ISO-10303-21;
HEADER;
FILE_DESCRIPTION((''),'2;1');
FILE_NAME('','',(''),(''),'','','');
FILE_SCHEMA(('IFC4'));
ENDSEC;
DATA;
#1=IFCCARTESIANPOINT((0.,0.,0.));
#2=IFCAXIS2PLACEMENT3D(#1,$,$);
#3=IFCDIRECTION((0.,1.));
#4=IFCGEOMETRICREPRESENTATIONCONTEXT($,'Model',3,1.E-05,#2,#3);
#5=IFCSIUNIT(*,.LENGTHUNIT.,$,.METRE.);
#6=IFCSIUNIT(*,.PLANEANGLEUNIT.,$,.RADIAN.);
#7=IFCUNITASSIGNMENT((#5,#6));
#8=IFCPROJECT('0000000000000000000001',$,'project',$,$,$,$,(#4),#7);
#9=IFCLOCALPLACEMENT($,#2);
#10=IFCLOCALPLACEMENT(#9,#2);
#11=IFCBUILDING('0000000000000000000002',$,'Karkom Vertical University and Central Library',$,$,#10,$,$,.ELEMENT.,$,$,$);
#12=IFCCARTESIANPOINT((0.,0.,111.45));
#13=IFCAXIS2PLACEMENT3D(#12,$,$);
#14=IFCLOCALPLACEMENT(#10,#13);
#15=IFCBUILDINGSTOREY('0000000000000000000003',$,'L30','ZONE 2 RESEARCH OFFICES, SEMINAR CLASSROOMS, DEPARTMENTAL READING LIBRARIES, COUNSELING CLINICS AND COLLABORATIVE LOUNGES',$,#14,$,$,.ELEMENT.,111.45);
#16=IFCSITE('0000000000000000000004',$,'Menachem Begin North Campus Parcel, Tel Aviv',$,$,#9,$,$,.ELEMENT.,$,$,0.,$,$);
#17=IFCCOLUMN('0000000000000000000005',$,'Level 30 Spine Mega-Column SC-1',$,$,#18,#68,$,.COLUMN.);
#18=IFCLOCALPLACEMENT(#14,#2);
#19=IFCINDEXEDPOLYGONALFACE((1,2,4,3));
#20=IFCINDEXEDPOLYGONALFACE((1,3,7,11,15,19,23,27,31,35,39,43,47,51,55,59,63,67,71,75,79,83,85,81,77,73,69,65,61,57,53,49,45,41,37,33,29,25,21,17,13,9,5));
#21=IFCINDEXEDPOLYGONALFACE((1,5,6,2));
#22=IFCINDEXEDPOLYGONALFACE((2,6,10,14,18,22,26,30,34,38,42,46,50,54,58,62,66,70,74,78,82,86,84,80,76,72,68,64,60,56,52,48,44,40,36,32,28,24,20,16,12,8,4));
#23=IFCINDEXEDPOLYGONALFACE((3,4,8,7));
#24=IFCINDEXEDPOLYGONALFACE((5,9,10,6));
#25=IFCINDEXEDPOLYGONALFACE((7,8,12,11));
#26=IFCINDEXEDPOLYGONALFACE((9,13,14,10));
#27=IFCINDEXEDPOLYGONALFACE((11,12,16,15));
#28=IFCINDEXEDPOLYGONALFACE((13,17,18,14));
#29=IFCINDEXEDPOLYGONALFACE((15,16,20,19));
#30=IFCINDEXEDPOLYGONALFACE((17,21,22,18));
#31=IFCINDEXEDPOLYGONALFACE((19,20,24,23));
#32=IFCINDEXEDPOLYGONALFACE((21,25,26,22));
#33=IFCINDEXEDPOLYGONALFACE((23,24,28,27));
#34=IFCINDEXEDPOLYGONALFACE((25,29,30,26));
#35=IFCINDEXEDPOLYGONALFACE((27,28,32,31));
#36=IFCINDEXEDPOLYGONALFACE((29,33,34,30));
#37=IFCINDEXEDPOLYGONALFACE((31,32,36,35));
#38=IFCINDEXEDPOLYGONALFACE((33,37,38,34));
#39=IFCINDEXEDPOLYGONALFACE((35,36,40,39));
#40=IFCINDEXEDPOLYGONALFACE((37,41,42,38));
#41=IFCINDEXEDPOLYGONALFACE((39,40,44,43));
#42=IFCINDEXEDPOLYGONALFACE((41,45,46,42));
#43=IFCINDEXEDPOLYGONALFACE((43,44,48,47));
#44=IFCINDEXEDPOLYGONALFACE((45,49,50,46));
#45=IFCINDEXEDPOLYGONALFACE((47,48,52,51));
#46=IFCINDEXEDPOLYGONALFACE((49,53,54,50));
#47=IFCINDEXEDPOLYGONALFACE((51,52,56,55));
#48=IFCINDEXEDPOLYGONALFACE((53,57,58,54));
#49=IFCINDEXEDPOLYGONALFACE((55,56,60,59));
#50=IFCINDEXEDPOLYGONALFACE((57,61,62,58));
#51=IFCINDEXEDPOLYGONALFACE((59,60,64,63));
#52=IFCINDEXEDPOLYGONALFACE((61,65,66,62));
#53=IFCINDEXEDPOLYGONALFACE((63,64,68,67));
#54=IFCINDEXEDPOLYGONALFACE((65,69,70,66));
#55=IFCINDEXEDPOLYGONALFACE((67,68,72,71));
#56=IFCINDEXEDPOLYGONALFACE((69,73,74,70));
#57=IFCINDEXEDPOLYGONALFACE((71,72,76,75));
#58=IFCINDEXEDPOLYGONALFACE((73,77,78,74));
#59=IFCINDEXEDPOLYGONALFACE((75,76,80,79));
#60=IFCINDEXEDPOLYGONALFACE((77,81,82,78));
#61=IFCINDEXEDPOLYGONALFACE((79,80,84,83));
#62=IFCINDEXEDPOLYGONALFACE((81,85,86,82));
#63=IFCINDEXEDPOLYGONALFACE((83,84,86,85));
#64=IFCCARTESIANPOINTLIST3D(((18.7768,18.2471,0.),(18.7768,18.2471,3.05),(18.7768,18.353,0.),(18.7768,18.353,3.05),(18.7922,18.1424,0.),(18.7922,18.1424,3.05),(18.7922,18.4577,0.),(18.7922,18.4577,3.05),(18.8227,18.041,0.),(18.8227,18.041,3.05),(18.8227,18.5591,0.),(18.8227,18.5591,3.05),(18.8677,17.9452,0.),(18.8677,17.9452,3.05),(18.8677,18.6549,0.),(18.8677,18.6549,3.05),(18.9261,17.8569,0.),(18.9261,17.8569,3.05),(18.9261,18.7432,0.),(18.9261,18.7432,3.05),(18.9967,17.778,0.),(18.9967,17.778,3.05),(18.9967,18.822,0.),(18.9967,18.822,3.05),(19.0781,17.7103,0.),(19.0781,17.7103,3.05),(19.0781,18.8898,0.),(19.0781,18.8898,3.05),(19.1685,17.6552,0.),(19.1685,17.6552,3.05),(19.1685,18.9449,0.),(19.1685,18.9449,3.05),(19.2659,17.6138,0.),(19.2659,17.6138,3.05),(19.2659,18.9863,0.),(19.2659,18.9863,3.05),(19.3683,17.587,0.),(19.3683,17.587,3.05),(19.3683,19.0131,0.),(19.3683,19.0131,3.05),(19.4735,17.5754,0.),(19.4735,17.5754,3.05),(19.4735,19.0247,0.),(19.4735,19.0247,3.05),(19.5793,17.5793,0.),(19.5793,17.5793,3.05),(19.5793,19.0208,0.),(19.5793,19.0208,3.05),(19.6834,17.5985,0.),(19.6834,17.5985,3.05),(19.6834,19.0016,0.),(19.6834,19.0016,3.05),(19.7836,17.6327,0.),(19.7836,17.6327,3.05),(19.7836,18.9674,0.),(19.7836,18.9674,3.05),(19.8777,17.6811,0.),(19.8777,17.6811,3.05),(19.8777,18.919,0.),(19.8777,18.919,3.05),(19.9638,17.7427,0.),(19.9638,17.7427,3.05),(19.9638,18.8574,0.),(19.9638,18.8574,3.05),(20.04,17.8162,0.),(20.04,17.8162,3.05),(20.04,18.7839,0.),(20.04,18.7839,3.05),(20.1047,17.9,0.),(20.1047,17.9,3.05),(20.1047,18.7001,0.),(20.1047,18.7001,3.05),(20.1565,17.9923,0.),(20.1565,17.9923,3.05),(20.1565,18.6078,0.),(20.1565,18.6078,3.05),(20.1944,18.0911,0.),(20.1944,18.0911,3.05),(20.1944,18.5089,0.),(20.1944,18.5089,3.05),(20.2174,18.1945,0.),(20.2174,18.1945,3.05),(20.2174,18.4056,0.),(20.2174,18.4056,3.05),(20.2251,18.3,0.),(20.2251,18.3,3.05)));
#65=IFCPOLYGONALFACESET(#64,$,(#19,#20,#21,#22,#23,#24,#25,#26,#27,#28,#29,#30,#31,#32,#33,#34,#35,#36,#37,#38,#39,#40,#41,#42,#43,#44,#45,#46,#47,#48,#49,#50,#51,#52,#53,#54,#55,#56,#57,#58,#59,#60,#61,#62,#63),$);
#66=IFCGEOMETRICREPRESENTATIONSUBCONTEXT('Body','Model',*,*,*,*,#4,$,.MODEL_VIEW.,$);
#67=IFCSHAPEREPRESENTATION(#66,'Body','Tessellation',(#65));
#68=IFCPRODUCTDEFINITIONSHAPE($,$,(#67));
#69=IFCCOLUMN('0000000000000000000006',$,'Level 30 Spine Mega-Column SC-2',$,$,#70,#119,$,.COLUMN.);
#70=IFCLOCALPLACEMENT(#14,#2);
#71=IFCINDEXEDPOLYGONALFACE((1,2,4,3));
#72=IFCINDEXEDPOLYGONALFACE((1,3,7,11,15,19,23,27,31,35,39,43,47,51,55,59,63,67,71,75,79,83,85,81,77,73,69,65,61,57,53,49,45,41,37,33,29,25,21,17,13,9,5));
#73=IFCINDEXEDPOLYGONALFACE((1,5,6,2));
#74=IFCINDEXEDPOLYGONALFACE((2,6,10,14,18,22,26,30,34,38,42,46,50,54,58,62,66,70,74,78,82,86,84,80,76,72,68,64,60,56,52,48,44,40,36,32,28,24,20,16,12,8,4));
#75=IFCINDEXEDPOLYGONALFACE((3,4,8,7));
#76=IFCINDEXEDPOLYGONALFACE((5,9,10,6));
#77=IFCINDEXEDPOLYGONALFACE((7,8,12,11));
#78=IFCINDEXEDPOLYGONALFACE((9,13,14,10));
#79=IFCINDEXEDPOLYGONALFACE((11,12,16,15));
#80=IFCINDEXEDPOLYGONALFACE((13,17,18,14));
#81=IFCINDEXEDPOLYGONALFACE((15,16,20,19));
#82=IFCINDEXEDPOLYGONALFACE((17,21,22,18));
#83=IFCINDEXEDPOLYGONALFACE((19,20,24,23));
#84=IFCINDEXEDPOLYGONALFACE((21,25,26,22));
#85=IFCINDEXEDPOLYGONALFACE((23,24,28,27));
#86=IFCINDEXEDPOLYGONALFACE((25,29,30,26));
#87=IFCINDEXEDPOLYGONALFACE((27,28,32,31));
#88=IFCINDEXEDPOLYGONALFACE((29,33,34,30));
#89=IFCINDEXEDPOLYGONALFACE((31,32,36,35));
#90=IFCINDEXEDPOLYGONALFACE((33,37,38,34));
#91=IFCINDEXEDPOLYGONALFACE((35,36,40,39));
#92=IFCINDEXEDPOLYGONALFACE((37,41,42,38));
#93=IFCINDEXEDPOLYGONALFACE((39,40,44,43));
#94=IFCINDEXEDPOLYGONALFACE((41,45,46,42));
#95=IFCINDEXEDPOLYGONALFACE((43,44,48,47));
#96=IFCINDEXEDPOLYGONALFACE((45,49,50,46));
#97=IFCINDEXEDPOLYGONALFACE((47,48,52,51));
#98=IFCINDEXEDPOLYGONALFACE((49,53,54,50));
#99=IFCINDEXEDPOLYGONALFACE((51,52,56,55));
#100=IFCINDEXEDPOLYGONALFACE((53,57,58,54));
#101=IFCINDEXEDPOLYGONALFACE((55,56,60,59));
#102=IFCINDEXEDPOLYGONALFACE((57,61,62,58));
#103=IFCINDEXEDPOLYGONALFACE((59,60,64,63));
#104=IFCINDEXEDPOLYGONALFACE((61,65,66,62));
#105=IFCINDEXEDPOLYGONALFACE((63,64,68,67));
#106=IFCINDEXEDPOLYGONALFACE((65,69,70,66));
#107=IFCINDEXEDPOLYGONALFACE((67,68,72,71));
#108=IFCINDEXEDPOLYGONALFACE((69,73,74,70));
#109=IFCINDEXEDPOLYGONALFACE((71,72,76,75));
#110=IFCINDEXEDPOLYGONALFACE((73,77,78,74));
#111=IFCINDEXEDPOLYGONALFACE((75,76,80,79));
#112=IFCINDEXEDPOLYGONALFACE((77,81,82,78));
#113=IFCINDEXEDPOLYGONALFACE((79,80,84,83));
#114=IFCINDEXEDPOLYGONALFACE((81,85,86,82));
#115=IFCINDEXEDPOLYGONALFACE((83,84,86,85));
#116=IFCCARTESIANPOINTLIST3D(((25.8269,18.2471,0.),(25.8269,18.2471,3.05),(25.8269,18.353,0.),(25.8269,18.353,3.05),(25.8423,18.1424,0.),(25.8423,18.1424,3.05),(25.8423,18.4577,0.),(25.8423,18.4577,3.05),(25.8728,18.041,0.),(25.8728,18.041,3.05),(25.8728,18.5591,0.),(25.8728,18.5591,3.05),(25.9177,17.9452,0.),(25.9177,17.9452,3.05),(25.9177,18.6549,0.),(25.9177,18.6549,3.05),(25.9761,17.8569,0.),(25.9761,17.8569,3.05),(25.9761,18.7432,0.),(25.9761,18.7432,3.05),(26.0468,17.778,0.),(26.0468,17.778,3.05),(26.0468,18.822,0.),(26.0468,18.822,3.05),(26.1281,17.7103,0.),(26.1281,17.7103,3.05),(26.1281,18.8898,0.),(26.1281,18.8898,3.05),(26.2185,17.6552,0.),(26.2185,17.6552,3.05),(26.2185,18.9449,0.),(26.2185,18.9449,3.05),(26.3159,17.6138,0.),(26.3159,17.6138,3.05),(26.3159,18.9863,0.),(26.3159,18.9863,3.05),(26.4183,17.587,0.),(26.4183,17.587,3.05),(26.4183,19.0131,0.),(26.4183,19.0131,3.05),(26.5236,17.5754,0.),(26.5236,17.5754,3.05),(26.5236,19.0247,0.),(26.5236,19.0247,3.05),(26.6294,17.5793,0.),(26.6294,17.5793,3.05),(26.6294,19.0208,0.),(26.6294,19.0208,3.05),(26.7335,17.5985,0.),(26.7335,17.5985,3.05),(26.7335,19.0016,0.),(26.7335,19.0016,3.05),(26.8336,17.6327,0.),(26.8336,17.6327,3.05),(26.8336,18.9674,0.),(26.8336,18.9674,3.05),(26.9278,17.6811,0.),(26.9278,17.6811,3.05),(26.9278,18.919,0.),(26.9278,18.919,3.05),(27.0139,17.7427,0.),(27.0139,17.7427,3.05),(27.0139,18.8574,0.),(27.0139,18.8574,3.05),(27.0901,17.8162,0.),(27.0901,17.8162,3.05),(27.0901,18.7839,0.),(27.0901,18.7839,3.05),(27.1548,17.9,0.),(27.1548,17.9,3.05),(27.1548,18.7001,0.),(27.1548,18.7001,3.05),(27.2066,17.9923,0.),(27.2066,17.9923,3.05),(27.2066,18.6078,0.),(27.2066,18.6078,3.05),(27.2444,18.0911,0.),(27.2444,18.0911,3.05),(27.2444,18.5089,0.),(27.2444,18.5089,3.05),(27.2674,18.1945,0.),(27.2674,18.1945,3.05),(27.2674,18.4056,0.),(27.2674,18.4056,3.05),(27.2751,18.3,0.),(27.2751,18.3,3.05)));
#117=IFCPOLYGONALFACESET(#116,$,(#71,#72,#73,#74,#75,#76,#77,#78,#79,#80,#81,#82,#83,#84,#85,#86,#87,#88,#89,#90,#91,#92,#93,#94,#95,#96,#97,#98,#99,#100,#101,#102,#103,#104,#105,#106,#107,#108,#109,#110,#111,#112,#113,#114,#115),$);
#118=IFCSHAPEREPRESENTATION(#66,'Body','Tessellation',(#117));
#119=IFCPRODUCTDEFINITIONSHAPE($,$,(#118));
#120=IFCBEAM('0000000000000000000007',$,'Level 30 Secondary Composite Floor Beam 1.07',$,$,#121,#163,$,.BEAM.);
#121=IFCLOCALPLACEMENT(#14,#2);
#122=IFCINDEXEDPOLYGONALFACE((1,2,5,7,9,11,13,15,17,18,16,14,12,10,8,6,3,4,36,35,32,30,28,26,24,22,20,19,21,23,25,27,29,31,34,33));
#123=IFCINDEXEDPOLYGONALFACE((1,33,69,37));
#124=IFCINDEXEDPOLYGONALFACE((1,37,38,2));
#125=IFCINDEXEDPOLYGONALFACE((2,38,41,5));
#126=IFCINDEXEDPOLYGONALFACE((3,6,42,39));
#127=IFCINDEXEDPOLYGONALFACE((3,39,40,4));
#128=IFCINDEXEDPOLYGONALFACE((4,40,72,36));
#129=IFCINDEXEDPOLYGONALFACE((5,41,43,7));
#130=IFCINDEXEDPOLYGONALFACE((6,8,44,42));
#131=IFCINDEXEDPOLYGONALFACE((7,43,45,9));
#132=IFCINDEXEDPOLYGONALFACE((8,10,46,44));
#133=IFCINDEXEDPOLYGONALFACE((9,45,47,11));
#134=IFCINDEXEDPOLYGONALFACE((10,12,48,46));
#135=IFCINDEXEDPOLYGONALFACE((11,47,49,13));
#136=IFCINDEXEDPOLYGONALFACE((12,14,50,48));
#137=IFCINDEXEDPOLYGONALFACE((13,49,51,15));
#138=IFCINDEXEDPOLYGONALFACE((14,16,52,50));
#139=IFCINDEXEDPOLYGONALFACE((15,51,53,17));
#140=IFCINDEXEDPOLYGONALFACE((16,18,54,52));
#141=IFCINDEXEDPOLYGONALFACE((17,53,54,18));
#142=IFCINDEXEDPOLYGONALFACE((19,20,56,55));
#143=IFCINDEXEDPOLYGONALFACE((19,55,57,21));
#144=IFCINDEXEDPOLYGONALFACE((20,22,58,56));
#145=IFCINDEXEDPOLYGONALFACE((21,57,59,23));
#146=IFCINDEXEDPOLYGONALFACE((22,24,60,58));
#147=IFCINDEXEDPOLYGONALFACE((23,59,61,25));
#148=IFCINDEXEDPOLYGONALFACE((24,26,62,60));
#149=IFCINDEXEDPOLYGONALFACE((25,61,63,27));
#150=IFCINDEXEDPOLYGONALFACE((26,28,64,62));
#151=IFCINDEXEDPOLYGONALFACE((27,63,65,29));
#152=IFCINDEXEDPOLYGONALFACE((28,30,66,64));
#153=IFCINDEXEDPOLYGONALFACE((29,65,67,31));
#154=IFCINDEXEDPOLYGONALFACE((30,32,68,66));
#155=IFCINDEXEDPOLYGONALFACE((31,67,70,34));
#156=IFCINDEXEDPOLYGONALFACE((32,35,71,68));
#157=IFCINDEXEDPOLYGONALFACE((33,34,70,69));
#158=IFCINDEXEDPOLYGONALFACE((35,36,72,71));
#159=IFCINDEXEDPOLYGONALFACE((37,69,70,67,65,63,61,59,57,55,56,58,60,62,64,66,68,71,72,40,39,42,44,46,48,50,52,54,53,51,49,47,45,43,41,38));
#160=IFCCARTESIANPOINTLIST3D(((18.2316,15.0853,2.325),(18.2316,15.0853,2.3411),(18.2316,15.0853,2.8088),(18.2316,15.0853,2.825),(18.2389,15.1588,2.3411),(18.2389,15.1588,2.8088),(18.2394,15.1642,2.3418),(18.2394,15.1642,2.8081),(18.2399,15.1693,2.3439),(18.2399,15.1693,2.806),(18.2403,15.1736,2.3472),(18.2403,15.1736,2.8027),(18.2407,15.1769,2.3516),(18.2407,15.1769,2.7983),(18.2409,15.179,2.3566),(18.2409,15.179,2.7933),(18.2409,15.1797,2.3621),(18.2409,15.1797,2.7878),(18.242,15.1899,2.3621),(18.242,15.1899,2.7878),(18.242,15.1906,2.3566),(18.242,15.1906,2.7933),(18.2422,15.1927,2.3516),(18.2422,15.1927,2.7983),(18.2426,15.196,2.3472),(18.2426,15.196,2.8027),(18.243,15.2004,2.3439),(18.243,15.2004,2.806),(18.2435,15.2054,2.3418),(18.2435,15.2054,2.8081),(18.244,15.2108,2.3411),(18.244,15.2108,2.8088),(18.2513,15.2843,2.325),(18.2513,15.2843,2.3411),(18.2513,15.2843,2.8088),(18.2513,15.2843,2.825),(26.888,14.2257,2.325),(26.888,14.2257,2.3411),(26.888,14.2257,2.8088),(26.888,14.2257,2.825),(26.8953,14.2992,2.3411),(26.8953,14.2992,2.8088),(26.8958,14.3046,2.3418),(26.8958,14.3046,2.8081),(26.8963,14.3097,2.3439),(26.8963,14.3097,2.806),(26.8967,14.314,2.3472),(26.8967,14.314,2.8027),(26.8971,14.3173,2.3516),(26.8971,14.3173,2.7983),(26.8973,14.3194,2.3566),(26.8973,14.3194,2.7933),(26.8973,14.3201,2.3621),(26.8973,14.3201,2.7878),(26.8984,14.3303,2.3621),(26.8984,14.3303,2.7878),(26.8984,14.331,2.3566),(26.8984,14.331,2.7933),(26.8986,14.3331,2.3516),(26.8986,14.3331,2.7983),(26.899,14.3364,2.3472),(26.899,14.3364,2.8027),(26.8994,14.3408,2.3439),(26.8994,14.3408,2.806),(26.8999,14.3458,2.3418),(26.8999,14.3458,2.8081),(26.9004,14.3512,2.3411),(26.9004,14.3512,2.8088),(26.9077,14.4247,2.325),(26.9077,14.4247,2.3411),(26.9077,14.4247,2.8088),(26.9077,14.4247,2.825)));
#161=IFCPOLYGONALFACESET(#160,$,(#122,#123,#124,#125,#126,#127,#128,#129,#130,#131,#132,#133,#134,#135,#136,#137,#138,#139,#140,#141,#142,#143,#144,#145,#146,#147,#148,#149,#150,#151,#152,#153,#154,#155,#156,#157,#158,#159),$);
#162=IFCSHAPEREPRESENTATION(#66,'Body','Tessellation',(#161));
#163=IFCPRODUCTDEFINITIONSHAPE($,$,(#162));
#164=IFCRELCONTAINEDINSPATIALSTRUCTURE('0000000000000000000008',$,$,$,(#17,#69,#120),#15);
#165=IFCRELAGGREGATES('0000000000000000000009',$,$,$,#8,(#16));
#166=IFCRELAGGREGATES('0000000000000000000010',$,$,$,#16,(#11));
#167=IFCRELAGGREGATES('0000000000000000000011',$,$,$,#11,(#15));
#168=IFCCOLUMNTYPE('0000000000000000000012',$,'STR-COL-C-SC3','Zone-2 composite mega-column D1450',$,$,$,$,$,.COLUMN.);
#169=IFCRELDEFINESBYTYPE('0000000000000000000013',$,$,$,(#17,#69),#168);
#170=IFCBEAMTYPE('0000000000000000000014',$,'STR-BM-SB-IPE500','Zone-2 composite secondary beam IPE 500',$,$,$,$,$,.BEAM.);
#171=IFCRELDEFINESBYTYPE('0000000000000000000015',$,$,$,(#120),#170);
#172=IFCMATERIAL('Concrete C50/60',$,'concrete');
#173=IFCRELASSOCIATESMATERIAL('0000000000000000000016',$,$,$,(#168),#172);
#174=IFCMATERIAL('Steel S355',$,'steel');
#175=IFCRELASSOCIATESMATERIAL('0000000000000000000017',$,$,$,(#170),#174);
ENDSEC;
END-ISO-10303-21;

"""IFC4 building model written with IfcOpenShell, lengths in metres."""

from ifc_helpers import new_model, si_unit, direction, frame, origin, origin_with_axes, origin_2d, place, context, subcontext, project, spatial, circle, i_section, extrude, source, transform, mapped, material, material_profile, profile_set, type_object, element, save


model = new_model("IFC4")

# Units and contexts
model_context = context("Model", 3, precision=1e-05, world=origin(), true_north=direction((0.0, 1.0)))
body_context = subcontext(model_context, "Body", "Model", "MODEL_VIEW")
ifc_project = project(units=[si_unit("LENGTHUNIT", "METRE"), si_unit("PLANEANGLEUNIT", "RADIAN")], contexts=[model_context])

# Site, building, storey
site_placement = place(None, origin())
site = spatial("IfcSite", under=ifc_project, at=site_placement, Name="Menachem Begin North Campus Parcel, Tel Aviv", CompositionType="ELEMENT", RefElevation=0.0)
building_placement = place(site_placement, origin())
building = spatial("IfcBuilding", under=site, at=building_placement, Name="Karkom Vertical University and Central Library", CompositionType="ELEMENT")
storey_placement = place(building_placement, frame((0.0, 0.0, 111.45)))
storey = spatial("IfcBuildingStorey", under=building, at=storey_placement, Name="L30", Description="ZONE 2 RESEARCH OFFICES, SEMINAR CLASSROOMS, DEPARTMENTAL READING LIBRARIES, COUNSELING CLINICS AND COLLABORATIVE LOUNGES", CompositionType="ELEMENT", Elevation=111.45)

# Columns
ifc_material_1 = material(Name="Concrete C50/60", Category="concrete")
ifc_material_profile_1 = material_profile(ifc_material_1, circle(Radius=0.7251, at=origin_2d()), Name="CFT-D1450")
ifc_profile_set_1 = profile_set([ifc_material_profile_1], Name="Concrete C50/60")
column_type = type_object("IfcColumnType", Name="STR-COL-C-SC3", Description="Zone-2 composite mega-column D1450", PredefinedType="COLUMN", material=ifc_profile_set_1)
shared_shape_1 = source(origin_with_axes(), body_context, "Body", "SweptSolid", [
    extrude(circle(Radius=0.7251, at=origin_2d()), origin(), (0.0, 0.0, 1.0), 3.05),
])
for number, where, z_axis, x_axis, name in (
    (1, (19.5, 18.3, 0.0), (0.0, 0.0, 1.0), (1.0, 0.0, 0.0), "Level 30 Spine Mega-Column SC-1"),
    (2, (26.55, 18.3, 0.0), (0.0, 0.0, 1.0), (1.0, 0.0, 0.0), "Level 30 Spine Mega-Column SC-2"),
):
    element("IfcColumn", number, at=place(storey_placement, frame(where, z_axis=z_axis, x_axis=x_axis)), inside=storey, type_object=column_type, Name=name, PredefinedType="COLUMN", context=body_context, shape_type="MappedRepresentation", body=[
        mapped(shared_shape_1, transform((0.0, 0.0, 0.0), scale=1.0)),
    ])

# Beam
ifc_material_2 = material(Name="Steel S355", Category="steel")
ifc_material_profile_2 = material_profile(ifc_material_2, i_section(OverallWidth=0.2, OverallDepth=0.5, WebThickness=0.0103, FlangeThickness=0.0161, FilletRadius=0.021, at=origin_2d()), Name="IPE 500")
ifc_profile_set_2 = profile_set([ifc_material_profile_2], Name="Steel S355")
beam_type_1 = type_object("IfcBeamType", Name="STR-BM-SB-IPE500", Description="Zone-2 composite secondary beam IPE 500", PredefinedType="BEAM", material=ifc_profile_set_2)
shared_shape_2 = source(origin_with_axes(), body_context, "Body", "SweptSolid", [
    extrude(i_section(OverallWidth=0.2, OverallDepth=0.5, WebThickness=0.0103, FlangeThickness=0.0161, FilletRadius=0.021, at=origin_2d()), origin(), (0.0, 0.0, 1.0), 8.699),
])
beam_1_placement = place(storey_placement, frame((18.2415, 15.1848, 2.575), z_axis=(0.995106, -0.098817, 0.0), x_axis=(0.098817, 0.995106, 0.0)))
element("IfcBeam", 3, at=beam_1_placement, inside=storey, type_object=beam_type_1, Name="Level 30 Secondary Composite Floor Beam 1.07", PredefinedType="BEAM", context=body_context, shape_type="MappedRepresentation", body=[
    mapped(shared_shape_2, transform((0.0, 0.0, 0.0), scale=1.0)),
])

save(model, "model.ifc")
